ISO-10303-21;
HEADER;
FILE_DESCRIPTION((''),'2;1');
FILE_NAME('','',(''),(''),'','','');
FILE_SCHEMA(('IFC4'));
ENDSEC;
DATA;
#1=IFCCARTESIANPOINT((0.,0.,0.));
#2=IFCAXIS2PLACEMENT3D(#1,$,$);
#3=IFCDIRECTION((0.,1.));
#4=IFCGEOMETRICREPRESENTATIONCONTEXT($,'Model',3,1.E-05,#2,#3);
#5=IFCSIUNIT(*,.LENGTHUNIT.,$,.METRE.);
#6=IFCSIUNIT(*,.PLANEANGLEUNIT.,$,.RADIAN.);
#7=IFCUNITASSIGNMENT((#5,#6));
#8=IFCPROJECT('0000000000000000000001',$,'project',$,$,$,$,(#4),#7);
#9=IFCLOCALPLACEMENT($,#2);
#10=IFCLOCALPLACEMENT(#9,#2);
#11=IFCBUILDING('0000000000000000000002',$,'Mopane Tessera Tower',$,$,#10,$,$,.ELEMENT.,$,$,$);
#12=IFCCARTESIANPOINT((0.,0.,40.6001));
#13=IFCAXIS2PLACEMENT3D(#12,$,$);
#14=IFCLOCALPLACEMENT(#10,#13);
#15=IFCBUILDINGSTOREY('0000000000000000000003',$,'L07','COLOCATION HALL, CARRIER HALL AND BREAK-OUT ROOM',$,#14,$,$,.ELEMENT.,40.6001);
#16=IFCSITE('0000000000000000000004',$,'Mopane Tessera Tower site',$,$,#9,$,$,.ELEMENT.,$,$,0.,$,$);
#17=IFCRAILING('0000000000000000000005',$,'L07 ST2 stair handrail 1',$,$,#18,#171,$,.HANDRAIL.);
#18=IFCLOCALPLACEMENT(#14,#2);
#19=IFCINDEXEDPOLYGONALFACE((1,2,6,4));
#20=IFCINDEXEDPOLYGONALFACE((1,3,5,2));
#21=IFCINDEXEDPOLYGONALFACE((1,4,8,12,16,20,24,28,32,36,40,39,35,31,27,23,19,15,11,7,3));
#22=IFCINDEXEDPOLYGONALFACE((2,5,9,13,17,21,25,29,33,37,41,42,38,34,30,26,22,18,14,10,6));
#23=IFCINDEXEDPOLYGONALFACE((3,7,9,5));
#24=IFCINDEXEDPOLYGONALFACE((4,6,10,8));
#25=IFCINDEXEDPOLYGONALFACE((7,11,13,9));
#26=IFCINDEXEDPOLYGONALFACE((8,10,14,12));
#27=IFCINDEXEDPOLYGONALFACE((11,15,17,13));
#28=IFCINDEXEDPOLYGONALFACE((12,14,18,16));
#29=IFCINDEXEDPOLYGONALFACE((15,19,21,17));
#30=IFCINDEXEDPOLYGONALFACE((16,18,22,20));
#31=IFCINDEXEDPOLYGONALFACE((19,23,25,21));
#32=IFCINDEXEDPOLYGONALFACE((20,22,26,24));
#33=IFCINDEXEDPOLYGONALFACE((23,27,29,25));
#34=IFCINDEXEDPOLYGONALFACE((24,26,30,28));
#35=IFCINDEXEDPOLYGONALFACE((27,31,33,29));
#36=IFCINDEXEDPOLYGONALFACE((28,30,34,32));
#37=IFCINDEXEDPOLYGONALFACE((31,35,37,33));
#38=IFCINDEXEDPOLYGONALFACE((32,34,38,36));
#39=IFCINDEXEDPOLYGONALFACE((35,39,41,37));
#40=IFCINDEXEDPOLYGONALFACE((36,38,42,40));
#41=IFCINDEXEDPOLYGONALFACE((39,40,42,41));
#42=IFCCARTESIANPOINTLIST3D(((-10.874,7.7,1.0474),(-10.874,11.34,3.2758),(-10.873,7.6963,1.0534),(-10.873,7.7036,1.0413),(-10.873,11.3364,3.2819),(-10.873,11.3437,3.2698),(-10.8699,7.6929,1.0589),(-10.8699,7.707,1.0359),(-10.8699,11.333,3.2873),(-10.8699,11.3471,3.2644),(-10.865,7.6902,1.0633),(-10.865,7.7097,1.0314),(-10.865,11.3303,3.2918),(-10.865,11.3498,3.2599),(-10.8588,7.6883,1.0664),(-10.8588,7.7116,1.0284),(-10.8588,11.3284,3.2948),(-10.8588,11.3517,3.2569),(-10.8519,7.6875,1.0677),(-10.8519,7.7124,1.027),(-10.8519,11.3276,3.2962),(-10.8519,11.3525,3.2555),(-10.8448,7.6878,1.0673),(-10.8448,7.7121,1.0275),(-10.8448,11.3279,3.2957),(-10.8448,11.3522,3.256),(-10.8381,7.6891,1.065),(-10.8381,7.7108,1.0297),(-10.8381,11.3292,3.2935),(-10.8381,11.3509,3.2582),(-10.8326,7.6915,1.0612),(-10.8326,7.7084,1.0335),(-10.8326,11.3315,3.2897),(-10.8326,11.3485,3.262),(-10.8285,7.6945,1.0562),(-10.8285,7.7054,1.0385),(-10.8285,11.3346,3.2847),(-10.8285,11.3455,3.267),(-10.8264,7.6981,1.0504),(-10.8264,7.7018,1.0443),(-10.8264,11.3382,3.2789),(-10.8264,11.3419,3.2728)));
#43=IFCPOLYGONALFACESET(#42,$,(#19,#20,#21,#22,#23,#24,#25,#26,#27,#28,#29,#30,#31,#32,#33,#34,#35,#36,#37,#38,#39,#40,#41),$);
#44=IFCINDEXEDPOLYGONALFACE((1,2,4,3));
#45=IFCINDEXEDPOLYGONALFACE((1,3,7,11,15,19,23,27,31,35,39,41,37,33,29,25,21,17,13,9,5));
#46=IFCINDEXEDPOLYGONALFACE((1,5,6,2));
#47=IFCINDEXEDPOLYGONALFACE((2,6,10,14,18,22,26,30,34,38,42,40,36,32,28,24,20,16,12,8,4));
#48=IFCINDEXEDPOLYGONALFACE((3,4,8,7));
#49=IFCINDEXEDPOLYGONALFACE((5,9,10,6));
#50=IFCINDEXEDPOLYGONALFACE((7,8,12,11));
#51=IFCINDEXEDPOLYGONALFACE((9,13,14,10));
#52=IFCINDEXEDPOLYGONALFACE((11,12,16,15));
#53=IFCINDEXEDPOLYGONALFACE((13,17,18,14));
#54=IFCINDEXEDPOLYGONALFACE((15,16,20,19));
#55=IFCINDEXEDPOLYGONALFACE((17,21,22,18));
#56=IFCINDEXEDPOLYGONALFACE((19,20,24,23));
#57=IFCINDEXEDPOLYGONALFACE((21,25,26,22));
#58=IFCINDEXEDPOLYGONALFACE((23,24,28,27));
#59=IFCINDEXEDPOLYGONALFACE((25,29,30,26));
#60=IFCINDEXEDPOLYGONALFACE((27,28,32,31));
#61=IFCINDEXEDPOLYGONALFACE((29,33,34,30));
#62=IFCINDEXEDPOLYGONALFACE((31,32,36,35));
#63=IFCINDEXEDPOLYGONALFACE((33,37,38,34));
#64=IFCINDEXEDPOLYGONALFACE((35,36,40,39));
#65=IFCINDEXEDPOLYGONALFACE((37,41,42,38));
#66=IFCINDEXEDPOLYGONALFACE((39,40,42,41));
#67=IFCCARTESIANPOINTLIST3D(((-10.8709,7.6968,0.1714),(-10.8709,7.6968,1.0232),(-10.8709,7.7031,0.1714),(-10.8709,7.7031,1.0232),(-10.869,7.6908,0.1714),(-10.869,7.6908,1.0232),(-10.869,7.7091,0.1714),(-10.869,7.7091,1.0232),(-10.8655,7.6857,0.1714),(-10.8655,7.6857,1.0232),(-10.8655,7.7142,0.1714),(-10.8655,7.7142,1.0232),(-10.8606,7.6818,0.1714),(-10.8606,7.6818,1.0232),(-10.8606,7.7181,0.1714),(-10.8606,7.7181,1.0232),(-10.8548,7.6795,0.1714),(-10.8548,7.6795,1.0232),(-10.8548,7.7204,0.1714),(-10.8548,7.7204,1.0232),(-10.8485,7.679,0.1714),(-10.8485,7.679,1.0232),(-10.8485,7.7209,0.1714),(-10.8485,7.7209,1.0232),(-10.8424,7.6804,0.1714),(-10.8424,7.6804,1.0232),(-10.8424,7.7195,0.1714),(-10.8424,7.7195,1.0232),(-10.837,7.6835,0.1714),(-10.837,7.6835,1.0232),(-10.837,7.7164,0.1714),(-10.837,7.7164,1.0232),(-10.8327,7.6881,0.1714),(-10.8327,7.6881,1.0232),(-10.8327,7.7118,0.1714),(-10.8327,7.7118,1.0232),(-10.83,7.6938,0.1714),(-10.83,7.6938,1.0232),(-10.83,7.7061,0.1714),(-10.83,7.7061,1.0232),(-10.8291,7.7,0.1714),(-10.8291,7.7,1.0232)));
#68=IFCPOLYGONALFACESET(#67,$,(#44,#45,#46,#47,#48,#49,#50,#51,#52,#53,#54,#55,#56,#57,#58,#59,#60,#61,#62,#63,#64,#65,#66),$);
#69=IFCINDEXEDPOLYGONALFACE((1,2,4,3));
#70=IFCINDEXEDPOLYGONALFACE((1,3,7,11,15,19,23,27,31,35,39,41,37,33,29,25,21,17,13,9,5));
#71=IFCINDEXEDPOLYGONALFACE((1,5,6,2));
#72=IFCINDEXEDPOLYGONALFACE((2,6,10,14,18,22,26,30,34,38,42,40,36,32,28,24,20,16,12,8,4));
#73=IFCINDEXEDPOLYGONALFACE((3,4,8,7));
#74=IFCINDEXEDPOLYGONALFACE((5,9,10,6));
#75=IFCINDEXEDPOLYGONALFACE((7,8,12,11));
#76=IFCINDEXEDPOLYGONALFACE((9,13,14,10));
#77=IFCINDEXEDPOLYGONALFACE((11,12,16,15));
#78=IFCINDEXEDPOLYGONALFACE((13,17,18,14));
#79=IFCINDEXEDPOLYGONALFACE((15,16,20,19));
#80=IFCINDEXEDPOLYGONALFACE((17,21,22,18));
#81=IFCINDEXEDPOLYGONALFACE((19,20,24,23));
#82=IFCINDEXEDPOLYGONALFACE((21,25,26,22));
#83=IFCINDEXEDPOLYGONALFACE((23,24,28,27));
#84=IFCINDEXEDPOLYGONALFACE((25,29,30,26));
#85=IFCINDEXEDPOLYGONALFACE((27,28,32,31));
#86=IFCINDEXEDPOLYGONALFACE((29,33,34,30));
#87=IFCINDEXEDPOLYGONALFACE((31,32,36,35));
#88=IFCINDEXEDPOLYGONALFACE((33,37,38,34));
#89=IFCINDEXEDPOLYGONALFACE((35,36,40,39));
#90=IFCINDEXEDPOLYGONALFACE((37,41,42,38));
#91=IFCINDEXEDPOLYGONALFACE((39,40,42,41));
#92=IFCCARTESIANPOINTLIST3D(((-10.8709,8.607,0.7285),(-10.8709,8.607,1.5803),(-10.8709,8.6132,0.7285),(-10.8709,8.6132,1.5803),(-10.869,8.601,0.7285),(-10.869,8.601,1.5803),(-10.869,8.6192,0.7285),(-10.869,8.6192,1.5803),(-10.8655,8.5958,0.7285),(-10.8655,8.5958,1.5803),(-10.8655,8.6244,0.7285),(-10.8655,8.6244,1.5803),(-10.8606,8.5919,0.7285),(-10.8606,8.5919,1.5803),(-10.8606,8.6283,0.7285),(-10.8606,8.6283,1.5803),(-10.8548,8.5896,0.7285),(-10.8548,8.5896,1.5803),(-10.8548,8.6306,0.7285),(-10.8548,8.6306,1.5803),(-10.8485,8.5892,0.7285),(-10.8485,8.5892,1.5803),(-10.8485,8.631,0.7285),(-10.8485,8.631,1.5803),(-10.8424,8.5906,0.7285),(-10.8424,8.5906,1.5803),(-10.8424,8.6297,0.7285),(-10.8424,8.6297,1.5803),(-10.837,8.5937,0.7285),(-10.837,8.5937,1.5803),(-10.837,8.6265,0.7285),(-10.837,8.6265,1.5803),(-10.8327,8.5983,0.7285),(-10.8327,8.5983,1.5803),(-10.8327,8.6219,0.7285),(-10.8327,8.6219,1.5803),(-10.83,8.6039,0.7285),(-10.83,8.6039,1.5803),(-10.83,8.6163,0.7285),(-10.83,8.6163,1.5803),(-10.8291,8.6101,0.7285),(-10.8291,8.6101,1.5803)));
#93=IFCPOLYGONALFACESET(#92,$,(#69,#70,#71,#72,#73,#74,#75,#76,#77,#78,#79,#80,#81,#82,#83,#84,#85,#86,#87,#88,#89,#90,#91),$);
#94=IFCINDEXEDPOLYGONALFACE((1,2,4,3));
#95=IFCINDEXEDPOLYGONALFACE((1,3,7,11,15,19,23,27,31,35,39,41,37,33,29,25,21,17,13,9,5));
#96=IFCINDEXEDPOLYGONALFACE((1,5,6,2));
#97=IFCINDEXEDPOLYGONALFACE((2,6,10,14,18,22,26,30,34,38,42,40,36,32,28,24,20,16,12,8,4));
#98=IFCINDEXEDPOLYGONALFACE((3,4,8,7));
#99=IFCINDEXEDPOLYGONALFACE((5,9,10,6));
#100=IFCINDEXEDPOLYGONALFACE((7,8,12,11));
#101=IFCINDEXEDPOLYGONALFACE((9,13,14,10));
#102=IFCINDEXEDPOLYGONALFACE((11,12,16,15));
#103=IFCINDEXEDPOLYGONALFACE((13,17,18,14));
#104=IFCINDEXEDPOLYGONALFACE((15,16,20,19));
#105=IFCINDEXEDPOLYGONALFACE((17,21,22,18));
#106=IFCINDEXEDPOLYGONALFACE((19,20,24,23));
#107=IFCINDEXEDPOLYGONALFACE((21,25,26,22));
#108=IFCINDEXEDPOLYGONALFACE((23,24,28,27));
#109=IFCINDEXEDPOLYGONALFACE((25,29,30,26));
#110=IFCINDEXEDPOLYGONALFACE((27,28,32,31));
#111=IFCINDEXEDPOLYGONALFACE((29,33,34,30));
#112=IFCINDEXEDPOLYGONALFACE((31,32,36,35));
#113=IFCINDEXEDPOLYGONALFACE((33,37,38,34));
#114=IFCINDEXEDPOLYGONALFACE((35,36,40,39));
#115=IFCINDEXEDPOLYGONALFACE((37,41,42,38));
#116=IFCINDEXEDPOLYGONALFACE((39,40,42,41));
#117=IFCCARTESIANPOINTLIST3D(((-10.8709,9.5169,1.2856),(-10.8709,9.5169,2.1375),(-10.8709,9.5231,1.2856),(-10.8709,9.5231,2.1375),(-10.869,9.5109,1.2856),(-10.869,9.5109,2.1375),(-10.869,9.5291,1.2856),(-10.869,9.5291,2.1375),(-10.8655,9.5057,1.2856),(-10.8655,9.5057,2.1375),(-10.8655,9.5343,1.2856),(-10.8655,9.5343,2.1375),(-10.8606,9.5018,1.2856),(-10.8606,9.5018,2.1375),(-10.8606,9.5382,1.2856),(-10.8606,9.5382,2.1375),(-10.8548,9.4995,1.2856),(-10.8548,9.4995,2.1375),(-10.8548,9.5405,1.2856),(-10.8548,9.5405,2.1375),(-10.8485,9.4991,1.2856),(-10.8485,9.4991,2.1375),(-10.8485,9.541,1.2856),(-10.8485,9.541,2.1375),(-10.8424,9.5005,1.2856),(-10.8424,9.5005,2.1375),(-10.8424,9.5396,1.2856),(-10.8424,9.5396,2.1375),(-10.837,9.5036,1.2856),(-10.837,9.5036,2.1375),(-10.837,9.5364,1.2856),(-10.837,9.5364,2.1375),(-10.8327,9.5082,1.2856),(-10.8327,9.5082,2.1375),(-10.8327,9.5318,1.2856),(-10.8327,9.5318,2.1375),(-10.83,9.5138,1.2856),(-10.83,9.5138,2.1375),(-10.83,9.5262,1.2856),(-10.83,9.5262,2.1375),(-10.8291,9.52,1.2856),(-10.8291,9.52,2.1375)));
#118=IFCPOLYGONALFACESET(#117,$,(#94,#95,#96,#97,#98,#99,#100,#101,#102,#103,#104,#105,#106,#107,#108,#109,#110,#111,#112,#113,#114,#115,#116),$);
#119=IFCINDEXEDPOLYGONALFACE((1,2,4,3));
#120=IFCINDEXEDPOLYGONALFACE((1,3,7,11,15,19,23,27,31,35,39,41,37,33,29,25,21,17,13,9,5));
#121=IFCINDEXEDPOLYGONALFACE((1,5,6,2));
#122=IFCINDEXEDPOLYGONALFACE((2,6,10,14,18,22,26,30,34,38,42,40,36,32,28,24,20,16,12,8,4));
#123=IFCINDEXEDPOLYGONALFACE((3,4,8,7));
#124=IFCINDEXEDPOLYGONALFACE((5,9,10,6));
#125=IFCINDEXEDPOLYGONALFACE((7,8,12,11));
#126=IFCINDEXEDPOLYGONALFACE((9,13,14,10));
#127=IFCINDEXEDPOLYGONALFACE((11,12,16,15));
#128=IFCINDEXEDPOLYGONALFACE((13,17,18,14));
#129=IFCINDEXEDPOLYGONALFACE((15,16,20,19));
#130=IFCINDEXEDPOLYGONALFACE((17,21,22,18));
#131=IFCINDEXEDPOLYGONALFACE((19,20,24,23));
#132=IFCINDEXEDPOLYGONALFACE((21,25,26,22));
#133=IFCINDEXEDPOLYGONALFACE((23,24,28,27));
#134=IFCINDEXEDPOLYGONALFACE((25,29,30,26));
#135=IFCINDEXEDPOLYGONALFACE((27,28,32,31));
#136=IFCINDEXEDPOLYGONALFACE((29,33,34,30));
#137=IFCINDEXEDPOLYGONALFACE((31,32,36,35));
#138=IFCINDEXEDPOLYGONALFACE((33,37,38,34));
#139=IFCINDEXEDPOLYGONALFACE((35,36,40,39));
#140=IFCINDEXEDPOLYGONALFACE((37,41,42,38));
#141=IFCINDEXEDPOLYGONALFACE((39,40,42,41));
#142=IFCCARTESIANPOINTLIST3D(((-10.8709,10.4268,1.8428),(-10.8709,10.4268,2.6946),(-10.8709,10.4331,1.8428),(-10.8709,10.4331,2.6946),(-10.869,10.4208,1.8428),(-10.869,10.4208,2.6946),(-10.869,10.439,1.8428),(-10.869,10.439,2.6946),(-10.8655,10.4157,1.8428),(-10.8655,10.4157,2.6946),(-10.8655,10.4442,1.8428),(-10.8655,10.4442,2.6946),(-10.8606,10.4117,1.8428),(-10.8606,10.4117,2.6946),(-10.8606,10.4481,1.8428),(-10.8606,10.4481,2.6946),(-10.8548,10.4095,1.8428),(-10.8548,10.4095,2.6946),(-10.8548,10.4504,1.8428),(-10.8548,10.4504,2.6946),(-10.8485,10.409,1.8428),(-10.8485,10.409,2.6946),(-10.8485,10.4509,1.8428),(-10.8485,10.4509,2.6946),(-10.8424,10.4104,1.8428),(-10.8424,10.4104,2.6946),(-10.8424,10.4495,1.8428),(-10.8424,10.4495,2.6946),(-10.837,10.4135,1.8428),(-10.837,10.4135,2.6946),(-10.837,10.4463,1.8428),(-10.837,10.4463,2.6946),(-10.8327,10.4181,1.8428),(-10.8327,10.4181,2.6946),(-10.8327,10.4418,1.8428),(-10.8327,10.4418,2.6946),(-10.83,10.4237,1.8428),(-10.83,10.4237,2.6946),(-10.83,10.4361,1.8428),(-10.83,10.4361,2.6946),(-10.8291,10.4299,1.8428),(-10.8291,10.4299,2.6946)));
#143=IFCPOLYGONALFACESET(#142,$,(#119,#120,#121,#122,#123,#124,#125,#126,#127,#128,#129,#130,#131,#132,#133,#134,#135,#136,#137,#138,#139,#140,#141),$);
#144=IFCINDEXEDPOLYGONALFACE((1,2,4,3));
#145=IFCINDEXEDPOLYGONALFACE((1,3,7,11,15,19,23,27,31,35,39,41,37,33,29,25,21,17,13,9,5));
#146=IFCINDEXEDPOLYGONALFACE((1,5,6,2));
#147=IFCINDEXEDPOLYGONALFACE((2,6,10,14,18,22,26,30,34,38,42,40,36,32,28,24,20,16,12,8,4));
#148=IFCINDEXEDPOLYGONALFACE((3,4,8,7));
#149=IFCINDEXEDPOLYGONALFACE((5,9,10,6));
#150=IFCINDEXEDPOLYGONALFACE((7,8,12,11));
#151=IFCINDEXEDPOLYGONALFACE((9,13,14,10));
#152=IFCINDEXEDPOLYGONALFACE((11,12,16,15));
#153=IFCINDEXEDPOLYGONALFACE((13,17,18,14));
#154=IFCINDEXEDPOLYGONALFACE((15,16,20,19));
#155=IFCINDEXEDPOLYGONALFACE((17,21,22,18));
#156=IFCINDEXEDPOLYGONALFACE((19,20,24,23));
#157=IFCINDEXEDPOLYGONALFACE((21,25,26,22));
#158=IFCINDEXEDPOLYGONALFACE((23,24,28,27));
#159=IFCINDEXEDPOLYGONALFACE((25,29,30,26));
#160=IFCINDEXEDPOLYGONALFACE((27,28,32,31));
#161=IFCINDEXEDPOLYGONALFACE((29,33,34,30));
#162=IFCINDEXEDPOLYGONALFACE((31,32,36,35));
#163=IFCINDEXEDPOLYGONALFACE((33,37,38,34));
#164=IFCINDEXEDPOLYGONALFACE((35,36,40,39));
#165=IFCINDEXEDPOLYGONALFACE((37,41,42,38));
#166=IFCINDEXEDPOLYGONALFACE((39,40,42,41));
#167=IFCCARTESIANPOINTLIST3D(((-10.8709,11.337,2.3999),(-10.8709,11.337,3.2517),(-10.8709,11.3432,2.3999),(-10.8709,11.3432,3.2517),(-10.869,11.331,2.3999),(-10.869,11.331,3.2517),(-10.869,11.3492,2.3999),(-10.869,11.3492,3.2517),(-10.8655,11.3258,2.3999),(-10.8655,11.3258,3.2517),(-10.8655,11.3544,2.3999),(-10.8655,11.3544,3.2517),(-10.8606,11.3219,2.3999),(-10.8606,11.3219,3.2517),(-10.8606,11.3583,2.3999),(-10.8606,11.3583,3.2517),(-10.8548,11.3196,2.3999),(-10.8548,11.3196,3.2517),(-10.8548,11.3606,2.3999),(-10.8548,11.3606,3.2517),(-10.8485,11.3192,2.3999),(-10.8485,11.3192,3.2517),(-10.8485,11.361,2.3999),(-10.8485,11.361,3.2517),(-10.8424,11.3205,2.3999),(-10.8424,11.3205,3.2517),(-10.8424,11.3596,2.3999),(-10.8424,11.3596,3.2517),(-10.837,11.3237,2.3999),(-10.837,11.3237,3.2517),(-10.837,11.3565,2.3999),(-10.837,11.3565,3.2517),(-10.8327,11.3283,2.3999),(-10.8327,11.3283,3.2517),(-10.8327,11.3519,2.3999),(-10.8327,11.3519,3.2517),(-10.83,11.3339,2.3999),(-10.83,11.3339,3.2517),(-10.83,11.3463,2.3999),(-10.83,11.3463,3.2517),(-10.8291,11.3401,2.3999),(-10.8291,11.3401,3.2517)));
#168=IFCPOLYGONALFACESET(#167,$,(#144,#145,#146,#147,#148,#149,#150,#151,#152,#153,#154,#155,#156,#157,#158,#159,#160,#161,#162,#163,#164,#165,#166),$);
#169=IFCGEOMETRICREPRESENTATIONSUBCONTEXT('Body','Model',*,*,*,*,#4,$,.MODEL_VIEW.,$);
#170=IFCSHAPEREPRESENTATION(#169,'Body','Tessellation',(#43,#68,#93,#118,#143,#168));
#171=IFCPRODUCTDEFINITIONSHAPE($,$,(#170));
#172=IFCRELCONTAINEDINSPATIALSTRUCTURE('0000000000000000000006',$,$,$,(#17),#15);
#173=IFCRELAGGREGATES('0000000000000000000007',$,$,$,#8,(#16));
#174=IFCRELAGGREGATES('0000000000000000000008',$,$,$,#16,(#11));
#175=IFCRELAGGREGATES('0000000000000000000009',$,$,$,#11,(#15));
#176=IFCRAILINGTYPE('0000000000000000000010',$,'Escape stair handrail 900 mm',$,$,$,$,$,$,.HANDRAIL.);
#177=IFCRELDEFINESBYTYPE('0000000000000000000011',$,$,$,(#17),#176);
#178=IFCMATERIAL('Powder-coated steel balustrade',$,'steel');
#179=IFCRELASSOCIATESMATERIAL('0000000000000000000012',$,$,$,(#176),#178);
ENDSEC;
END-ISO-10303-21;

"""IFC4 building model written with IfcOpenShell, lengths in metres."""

from ifc_helpers import new_model, si_unit, direction, frame, origin, origin_2d, place, context, subcontext, project, spatial, circle, extrude, material, type_object, element, save


model = new_model("IFC4")

# Units and contexts
model_context = context("Model", 3, precision=1e-05, world=origin(), true_north=direction((0.0, 1.0)))
body_context = subcontext(model_context, "Body", "Model", "MODEL_VIEW")
ifc_project = project(units=[si_unit("LENGTHUNIT", "METRE"), si_unit("PLANEANGLEUNIT", "RADIAN")], contexts=[model_context])

# Site, building, storey
site_placement = place(None, origin())
site = spatial("IfcSite", under=ifc_project, at=site_placement, Name="Mopane Tessera Tower site", CompositionType="ELEMENT", RefElevation=0.0)
building_placement = place(site_placement, origin())
building = spatial("IfcBuilding", under=site, at=building_placement, Name="Mopane Tessera Tower", CompositionType="ELEMENT")
storey_placement = place(building_placement, frame((0.0, 0.0, 40.6001)))
storey = spatial("IfcBuildingStorey", under=building, at=storey_placement, Name="L07", Description="COLOCATION HALL, CARRIER HALL AND BREAK-OUT ROOM", CompositionType="ELEMENT", Elevation=40.6001)

# Railing
ifc_material_1 = material(Name="Powder-coated steel balustrade", Category="steel")
railing_type_1 = type_object("IfcRailingType", Name="Escape stair handrail 900 mm", PredefinedType="HANDRAIL", material=ifc_material_1)
railing_1_placement = place(storey_placement, frame((-10.8501, 7.7, 0.1714)))
element("IfcRailing", 1, at=railing_1_placement, inside=storey, type_object=railing_type_1, Name="L07 ST2 stair handrail 1", PredefinedType="HANDRAIL", context=body_context, shape_type="SweptSolid", body=[
    extrude(circle(Radius=0.0239, at=origin_2d()), frame((0.0, 0.0, 0.876), z_axis=(0.0, 0.852866, 0.52213), x_axis=(-1.0, 0.0, 0.0)), (0.0, 0.0, 1.0), 4.2681),
    extrude(circle(Radius=0.021, at=origin_2d()), origin(), (0.0, 0.0, 1.0), 0.8518),
    extrude(circle(Radius=0.021, at=origin_2d()), frame((0.0, 0.9102, 0.5571)), (0.0, 0.0, 1.0), 0.8518),
    extrude(circle(Radius=0.021, at=origin_2d()), frame((0.0, 1.8201, 1.1143)), (0.0, 0.0, 1.0), 0.8518),
    extrude(circle(Radius=0.021, at=origin_2d()), frame((0.0, 2.73, 1.6714)), (0.0, 0.0, 1.0), 0.8518),
    extrude(circle(Radius=0.021, at=origin_2d()), frame((0.0, 3.6401, 2.2285)), (0.0, 0.0, 1.0), 0.8518),
])

save(model, "model.ifc")
